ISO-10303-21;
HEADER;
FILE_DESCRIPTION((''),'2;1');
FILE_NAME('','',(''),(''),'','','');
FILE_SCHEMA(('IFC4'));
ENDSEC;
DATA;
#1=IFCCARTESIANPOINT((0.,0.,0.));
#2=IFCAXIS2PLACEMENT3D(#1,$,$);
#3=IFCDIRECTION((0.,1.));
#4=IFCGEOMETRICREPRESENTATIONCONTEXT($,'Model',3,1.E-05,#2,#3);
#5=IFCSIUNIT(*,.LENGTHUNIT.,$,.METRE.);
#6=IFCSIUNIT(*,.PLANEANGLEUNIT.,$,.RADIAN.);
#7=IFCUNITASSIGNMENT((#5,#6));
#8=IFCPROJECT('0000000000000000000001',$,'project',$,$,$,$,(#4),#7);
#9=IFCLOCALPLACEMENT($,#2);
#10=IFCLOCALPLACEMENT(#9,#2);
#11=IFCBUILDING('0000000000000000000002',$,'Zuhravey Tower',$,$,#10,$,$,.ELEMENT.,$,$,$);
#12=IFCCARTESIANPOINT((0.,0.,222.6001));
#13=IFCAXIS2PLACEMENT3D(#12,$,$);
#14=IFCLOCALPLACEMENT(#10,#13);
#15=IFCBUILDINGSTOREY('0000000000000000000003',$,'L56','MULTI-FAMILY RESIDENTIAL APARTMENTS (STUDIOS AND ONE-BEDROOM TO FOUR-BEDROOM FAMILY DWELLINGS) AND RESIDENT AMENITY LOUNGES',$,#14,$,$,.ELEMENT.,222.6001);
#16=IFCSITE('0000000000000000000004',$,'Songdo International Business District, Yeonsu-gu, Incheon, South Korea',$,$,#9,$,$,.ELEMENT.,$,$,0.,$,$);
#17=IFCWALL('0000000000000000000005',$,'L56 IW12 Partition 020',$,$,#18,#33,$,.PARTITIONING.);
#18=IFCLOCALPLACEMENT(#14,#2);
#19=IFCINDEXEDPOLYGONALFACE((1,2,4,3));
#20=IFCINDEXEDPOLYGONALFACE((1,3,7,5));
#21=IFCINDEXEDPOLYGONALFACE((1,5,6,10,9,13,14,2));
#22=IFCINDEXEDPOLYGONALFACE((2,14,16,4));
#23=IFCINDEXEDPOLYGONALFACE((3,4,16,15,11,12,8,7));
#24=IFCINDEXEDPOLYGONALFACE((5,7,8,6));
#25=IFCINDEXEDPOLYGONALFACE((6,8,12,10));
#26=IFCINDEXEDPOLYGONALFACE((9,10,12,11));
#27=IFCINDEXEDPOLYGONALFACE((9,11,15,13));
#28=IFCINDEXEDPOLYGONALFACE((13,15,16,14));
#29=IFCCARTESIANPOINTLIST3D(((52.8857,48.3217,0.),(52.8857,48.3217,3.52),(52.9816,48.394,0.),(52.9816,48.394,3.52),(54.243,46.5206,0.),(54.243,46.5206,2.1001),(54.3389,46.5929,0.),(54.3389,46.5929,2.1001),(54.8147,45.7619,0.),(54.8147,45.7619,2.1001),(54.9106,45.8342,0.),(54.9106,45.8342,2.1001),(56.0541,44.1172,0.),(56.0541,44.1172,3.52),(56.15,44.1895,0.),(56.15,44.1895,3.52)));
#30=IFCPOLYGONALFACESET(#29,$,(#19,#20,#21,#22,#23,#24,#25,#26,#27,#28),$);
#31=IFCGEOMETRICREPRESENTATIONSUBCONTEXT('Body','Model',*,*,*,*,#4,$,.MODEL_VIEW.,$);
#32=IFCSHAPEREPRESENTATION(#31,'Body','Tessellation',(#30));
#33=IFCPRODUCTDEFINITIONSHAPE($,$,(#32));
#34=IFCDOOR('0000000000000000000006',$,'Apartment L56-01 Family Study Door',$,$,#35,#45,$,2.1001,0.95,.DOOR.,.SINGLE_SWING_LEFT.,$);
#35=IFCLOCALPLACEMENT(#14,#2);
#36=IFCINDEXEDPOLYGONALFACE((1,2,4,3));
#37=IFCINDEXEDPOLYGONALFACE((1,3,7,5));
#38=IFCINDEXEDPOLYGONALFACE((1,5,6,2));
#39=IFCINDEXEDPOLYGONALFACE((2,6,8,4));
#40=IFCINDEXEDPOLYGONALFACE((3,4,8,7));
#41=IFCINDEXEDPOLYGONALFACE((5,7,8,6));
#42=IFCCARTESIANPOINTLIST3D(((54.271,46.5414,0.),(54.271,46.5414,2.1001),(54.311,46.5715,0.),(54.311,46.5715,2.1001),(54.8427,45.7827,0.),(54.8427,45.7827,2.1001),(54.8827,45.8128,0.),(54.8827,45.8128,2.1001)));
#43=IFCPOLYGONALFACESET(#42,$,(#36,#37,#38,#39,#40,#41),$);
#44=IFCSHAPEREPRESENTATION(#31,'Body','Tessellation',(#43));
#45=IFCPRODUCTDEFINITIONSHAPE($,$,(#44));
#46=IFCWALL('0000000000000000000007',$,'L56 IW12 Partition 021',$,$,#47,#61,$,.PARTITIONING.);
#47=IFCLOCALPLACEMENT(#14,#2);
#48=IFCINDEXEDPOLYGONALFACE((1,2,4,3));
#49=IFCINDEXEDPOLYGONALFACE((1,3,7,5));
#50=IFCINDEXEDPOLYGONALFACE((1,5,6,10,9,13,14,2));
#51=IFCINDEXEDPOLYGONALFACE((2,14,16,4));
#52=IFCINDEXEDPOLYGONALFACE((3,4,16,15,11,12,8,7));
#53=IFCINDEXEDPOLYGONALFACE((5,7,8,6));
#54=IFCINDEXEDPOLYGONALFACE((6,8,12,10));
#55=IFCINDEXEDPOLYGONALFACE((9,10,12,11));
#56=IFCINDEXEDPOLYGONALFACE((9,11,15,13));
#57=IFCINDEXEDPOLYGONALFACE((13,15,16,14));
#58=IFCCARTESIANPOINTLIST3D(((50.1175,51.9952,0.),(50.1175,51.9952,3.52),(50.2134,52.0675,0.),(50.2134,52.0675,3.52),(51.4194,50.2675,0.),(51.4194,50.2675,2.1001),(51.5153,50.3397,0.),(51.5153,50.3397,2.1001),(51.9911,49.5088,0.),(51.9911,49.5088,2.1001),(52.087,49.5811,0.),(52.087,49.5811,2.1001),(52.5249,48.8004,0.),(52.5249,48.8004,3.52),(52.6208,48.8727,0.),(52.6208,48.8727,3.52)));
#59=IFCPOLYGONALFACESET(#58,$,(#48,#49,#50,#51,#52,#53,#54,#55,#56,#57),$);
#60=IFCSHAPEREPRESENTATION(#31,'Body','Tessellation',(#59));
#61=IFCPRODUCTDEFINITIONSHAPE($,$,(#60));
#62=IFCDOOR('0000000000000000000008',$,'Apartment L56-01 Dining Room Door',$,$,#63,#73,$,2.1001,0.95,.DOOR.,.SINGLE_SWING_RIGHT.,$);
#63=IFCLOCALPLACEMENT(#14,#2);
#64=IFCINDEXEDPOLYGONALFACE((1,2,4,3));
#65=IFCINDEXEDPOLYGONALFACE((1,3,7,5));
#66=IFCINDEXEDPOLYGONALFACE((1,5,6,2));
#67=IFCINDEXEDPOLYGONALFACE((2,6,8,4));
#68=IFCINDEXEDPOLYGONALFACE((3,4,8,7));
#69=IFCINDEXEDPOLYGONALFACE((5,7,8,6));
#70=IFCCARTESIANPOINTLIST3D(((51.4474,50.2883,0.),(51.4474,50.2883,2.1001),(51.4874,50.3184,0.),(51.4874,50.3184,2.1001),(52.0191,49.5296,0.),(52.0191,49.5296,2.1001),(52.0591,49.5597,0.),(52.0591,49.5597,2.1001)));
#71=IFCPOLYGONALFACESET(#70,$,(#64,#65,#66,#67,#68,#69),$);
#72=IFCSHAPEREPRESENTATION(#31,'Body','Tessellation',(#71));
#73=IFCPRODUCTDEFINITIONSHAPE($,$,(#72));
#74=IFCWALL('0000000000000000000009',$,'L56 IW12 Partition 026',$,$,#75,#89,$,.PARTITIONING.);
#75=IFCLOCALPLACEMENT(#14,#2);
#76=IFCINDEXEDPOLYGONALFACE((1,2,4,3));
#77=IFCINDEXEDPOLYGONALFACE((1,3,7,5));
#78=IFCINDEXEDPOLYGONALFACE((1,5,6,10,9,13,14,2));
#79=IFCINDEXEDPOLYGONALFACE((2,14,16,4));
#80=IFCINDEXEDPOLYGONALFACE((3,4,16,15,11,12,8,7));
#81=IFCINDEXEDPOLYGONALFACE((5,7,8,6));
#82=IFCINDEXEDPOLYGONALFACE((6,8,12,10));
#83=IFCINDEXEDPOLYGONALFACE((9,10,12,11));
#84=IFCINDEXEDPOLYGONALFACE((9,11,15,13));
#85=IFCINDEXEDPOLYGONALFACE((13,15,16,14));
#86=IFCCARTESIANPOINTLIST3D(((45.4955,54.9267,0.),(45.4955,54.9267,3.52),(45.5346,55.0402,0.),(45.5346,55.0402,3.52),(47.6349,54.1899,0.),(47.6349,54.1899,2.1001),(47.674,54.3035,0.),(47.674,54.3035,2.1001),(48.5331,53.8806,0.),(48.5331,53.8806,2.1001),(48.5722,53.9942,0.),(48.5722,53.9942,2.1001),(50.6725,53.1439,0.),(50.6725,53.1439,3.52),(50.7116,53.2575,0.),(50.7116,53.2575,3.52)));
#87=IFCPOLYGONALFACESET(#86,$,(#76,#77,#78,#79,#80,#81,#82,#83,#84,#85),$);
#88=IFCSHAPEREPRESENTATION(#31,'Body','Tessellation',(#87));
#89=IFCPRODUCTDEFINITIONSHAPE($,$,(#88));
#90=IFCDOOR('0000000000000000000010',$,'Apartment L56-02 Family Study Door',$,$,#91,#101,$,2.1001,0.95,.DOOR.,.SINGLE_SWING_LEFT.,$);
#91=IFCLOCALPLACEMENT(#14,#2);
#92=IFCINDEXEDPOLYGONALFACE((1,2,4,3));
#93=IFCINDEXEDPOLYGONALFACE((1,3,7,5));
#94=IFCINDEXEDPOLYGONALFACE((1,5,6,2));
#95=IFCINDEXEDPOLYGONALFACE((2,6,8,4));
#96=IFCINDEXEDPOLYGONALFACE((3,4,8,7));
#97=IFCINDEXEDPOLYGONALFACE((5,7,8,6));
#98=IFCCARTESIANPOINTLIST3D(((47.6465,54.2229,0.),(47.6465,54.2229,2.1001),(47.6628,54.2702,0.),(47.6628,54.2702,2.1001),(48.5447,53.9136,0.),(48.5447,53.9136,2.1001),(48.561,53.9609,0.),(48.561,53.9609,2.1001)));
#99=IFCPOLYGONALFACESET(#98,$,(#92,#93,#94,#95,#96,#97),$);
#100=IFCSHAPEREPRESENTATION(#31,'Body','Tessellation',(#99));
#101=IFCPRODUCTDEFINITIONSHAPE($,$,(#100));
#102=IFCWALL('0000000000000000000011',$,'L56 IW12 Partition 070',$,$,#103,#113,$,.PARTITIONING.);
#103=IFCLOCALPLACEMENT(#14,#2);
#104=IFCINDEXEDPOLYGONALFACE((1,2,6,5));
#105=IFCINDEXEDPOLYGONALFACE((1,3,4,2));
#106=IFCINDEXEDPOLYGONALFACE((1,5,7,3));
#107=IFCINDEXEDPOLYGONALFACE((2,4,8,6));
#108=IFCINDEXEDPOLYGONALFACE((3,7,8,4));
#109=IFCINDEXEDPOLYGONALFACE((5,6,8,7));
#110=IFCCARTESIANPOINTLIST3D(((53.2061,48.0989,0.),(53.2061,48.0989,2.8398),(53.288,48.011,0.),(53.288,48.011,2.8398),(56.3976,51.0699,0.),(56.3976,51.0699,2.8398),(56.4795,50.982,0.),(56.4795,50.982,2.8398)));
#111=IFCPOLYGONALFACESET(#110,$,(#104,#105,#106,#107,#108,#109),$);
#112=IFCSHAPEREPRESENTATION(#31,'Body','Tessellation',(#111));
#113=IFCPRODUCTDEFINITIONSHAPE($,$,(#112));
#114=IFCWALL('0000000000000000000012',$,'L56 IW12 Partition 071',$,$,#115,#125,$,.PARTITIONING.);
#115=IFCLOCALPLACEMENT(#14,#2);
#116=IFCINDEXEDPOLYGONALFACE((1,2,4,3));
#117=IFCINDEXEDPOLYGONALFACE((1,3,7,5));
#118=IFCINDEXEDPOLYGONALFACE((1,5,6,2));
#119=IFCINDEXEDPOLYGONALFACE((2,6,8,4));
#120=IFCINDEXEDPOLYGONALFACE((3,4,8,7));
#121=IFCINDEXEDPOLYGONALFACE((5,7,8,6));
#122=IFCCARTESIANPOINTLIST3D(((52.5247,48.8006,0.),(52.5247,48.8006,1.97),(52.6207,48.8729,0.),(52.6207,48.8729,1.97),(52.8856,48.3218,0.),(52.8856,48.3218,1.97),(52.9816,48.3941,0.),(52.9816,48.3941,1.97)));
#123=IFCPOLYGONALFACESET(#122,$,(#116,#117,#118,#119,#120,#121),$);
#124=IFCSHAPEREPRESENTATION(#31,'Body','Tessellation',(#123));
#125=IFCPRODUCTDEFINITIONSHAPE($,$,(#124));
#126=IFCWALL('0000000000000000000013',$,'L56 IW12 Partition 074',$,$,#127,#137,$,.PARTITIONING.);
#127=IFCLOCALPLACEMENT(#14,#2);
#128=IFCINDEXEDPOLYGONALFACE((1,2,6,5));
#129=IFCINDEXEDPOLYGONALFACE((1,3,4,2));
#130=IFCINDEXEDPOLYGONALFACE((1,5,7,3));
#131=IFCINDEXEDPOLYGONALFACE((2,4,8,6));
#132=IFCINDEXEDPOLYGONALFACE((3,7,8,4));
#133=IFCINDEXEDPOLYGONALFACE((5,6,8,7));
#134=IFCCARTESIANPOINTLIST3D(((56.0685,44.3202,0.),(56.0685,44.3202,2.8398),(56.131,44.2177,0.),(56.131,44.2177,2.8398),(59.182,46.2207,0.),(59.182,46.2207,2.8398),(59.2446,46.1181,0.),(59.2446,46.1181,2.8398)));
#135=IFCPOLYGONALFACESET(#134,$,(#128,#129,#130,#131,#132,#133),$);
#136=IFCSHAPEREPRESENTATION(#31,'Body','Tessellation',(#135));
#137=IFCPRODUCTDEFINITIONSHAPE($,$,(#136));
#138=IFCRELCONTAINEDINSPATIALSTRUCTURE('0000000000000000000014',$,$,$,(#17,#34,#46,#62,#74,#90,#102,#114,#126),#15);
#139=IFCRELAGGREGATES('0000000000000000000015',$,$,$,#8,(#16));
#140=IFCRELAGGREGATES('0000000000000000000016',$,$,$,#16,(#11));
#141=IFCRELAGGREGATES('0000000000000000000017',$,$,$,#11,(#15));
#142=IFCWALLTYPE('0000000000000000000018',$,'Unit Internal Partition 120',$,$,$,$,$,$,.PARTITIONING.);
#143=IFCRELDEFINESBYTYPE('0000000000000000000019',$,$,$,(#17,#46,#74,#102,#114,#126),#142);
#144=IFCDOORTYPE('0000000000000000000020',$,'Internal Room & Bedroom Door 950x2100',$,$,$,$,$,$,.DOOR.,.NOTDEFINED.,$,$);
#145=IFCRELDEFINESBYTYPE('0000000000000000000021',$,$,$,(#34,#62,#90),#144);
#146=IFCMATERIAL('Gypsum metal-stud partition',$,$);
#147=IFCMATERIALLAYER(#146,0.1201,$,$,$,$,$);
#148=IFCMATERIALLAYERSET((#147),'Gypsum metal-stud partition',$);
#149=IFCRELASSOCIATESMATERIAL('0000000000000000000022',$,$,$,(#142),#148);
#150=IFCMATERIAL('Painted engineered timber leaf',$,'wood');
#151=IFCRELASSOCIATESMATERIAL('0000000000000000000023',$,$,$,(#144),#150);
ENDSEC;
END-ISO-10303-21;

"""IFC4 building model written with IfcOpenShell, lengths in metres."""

from ifc_helpers import new_model, si_unit, direction, frame, frame_2d, origin, place, context, subcontext, project, spatial, rectangle, extrude, material, layer, layer_set, type_object, element, fill, save


model = new_model("IFC4")

# Units and contexts
model_context = context("Model", 3, precision=1e-05, world=origin(), true_north=direction((0.0, 1.0)))
body_context = subcontext(model_context, "Body", "Model", "MODEL_VIEW")
ifc_project = project(units=[si_unit("LENGTHUNIT", "METRE"), si_unit("PLANEANGLEUNIT", "RADIAN")], contexts=[model_context])

# Site, building, storey
site_placement = place(None, origin())
site = spatial("IfcSite", under=ifc_project, at=site_placement, Name="Songdo International Business District, Yeonsu-gu, Incheon, South Korea", CompositionType="ELEMENT", RefElevation=0.0)
building_placement = place(site_placement, origin())
building = spatial("IfcBuilding", under=site, at=building_placement, Name="Zuhravey Tower", CompositionType="ELEMENT")
storey_placement = place(building_placement, frame((0.0, 0.0, 222.6001)))
storey = spatial("IfcBuildingStorey", under=building, at=storey_placement, Name="L56", Description="MULTI-FAMILY RESIDENTIAL APARTMENTS (STUDIOS AND ONE-BEDROOM TO FOUR-BEDROOM FAMILY DWELLINGS) AND RESIDENT AMENITY LOUNGES", CompositionType="ELEMENT", Elevation=222.6001)

# Walls, openings, doors
ifc_material_1 = material(Name="Gypsum metal-stud partition")
ifc_layer_1 = layer(ifc_material_1, 0.1201)
ifc_layer_set_1 = layer_set([ifc_layer_1], Name="Gypsum metal-stud partition")
wall_type_1 = type_object("IfcWallType", Name="Unit Internal Partition 120", PredefinedType="PARTITIONING", material=ifc_layer_set_1)
wall_1_placement = place(storey_placement, frame((56.1021, 44.1533, 0.0), z_axis=(0.0, 0.0, 1.0), x_axis=(-0.601824, 0.798629, 0.0)))
wall_1 = element("IfcWall", 1, at=wall_1_placement, inside=storey, type_object=wall_type_1, Name="L56 IW12 Partition 020", PredefinedType="PARTITIONING", context=body_context, shape_type="SweptSolid", body=[
    extrude(rectangle(XDim=5.2646, YDim=0.1201, at=frame_2d((2.6323, 0.0))), origin(), (0.0, 0.0, 1.0), 3.52),
])
opening_1_placement = place(wall_1_placement, frame((2.0593, 0.0, 0.0)))
opening_1 = element("IfcOpeningElement", 2, at=opening_1_placement, cuts=wall_1, PredefinedType="OPENING", context=body_context, shape_type="SweptSolid", body=[
    extrude(rectangle(XDim=0.95, YDim=2.1001, at=frame_2d((0.4751, 1.05))), frame((0.0, 0.072, 0.0), z_axis=(0.0, -1.0, 0.0), x_axis=(1.0, 0.0, 0.0)), (0.0, 0.0, 1.0), 0.144),
])
ifc_material_2 = material(Name="Painted engineered timber leaf", Category="wood")
door_type = type_object("IfcDoorType", Name="Internal Room & Bedroom Door 950x2100", OperationType="NOTDEFINED", PredefinedType="DOOR", material=ifc_material_2)
door_1_placement = place(opening_1_placement, frame((0.95, 0.0, 0.0), z_axis=(0.0, 0.0, 1.0), x_axis=(-1.0, 0.0, 0.0)))
door_1 = element("IfcDoor", 3, at=door_1_placement, inside=storey, type_object=door_type, Name="Apartment L56-01 Family Study Door", OperationType="SINGLE_SWING_LEFT", OverallHeight=2.1001, OverallWidth=0.95, PredefinedType="DOOR", context=body_context, shape_type="SweptSolid", body=[
    extrude(rectangle(XDim=0.95, YDim=2.1001, at=frame_2d((0.4751, 1.05))), frame((0.0, 0.0249, 0.0), z_axis=(0.0, -1.0, 0.0), x_axis=(1.0, 0.0, 0.0)), (0.0, 0.0, 1.0), 0.05),
])
fill(opening_1, door_1)
wall_2_placement = place(storey_placement, frame((52.5728, 48.8367, 0.0), z_axis=(0.0, 0.0, 1.0), x_axis=(-0.601815, 0.798636, 0.0)))
wall_2 = element("IfcWall", 4, at=wall_2_placement, inside=storey, type_object=wall_type_1, Name="L56 IW12 Partition 021", PredefinedType="PARTITIONING", context=body_context, shape_type="SweptSolid", body=[
    extrude(rectangle(XDim=4.0002, YDim=0.1201, at=frame_2d((2.0, 0.0))), origin(), (0.0, 0.0, 1.0), 3.52),
])
opening_2_placement = place(wall_2_placement, frame((0.8867, 0.0, 0.0)))
opening_2 = element("IfcOpeningElement", 5, at=opening_2_placement, cuts=wall_2, PredefinedType="OPENING", context=body_context, shape_type="SweptSolid", body=[
    extrude(rectangle(XDim=0.95, YDim=2.1001, at=frame_2d((0.4751, 1.05))), frame((0.0, 0.072, 0.0), z_axis=(0.0, -1.0, 0.0), x_axis=(1.0, 0.0, 0.0)), (0.0, 0.0, 1.0), 0.144),
])
door_2_placement = place(opening_2_placement, frame((0.95, 0.0, 0.0), z_axis=(0.0, 0.0, 1.0), x_axis=(-1.0, 0.0, 0.0)))
door_2 = element("IfcDoor", 6, at=door_2_placement, inside=storey, type_object=door_type, Name="Apartment L56-01 Dining Room Door", OperationType="SINGLE_SWING_RIGHT", OverallHeight=2.1001, OverallWidth=0.95, PredefinedType="DOOR", context=body_context, shape_type="SweptSolid", body=[
    extrude(rectangle(XDim=0.95, YDim=2.1001, at=frame_2d((0.4751, 1.05))), frame((0.0, 0.0249, 0.0), z_axis=(0.0, -1.0, 0.0), x_axis=(1.0, 0.0, 0.0)), (0.0, 0.0, 1.0), 0.05),
])
fill(opening_2, door_2)
wall_3_placement = place(storey_placement, frame((50.6921, 53.2007, 0.0), z_axis=(0.0, 0.0, 1.0), x_axis=(-0.945511, 0.325589, 0.0)))
wall_3 = element("IfcWall", 7, at=wall_3_placement, inside=storey, type_object=wall_type_1, Name="L56 IW12 Partition 026", PredefinedType="PARTITIONING", context=body_context, shape_type="SweptSolid", body=[
    extrude(rectangle(XDim=5.4753, YDim=0.1201, at=frame_2d((2.7378, 0.0))), origin(), (0.0, 0.0, 1.0), 3.52),
])
opening_3_placement = place(wall_3_placement, frame((2.2627, 0.0, 0.0)))
opening_3 = element("IfcOpeningElement", 8, at=opening_3_placement, cuts=wall_3, PredefinedType="OPENING", context=body_context, shape_type="SweptSolid", body=[
    extrude(rectangle(XDim=0.95, YDim=2.1001, at=frame_2d((0.4751, 1.05))), frame((0.0, 0.072, 0.0), z_axis=(0.0, -1.0, 0.0), x_axis=(1.0, 0.0, 0.0)), (0.0, 0.0, 1.0), 0.144),
])
door_3_placement = place(opening_3_placement, frame((0.95, 0.0, 0.0), z_axis=(0.0, 0.0, 1.0), x_axis=(-1.0, 0.0, 0.0)))
door_3 = element("IfcDoor", 9, at=door_3_placement, inside=storey, type_object=door_type, Name="Apartment L56-02 Family Study Door", OperationType="SINGLE_SWING_LEFT", OverallHeight=2.1001, OverallWidth=0.95, PredefinedType="DOOR", context=body_context, shape_type="SweptSolid", body=[
    extrude(rectangle(XDim=0.95, YDim=2.1001, at=frame_2d((0.4751, 1.05))), frame((0.0, 0.0249, 0.0), z_axis=(0.0, -1.0, 0.0), x_axis=(1.0, 0.0, 0.0)), (0.0, 0.0, 1.0), 0.05),
])
fill(opening_3, door_3)

# Walls
wall_4_placement = place(storey_placement, frame((53.2471, 48.0549, 0.0), z_axis=(0.0, 0.0, 1.0), x_axis=(0.731935, 0.681374, 0.0)))
element("IfcWall", 10, at=wall_4_placement, inside=storey, type_object=wall_type_1, Name="L56 IW12 Partition 070", PredefinedType="PARTITIONING", context=body_context, shape_type="SweptSolid", body=[
    extrude(rectangle(XDim=4.3604, YDim=0.1201, at=frame_2d((2.1802, 0.0))), origin(), (0.0, 0.0, 1.0), 2.8398),
])
wall_5_placement = place(storey_placement, frame((52.9336, 48.3579, 0.0), z_axis=(0.0, 0.0, 1.0), x_axis=(-0.601888, 0.798581, 0.0)))
element("IfcWall", 11, at=wall_5_placement, inside=storey, type_object=wall_type_1, Name="L56 IW12 Partition 071", PredefinedType="PARTITIONING", context=body_context, shape_type="SweptSolid", body=[
    extrude(rectangle(XDim=0.5996, YDim=0.1201, at=frame_2d((0.2998, 0.0))), origin(), (0.0, 0.0, 1.0), 1.97),
])
wall_6_placement = place(storey_placement, frame((56.0999, 44.269, 0.0), z_axis=(0.0, 0.0, 1.0), x_axis=(0.853565, 0.520987, 0.0)))
element("IfcWall", 12, at=wall_6_placement, inside=storey, type_object=wall_type_1, Name="L56 IW12 Partition 074", PredefinedType="PARTITIONING", context=body_context, shape_type="SweptSolid", body=[
    extrude(rectangle(XDim=3.6477, YDim=0.1201, at=frame_2d((1.8237, 0.0))), origin(), (0.0, 0.0, 1.0), 2.8398),
])

save(model, "model.ifc")
